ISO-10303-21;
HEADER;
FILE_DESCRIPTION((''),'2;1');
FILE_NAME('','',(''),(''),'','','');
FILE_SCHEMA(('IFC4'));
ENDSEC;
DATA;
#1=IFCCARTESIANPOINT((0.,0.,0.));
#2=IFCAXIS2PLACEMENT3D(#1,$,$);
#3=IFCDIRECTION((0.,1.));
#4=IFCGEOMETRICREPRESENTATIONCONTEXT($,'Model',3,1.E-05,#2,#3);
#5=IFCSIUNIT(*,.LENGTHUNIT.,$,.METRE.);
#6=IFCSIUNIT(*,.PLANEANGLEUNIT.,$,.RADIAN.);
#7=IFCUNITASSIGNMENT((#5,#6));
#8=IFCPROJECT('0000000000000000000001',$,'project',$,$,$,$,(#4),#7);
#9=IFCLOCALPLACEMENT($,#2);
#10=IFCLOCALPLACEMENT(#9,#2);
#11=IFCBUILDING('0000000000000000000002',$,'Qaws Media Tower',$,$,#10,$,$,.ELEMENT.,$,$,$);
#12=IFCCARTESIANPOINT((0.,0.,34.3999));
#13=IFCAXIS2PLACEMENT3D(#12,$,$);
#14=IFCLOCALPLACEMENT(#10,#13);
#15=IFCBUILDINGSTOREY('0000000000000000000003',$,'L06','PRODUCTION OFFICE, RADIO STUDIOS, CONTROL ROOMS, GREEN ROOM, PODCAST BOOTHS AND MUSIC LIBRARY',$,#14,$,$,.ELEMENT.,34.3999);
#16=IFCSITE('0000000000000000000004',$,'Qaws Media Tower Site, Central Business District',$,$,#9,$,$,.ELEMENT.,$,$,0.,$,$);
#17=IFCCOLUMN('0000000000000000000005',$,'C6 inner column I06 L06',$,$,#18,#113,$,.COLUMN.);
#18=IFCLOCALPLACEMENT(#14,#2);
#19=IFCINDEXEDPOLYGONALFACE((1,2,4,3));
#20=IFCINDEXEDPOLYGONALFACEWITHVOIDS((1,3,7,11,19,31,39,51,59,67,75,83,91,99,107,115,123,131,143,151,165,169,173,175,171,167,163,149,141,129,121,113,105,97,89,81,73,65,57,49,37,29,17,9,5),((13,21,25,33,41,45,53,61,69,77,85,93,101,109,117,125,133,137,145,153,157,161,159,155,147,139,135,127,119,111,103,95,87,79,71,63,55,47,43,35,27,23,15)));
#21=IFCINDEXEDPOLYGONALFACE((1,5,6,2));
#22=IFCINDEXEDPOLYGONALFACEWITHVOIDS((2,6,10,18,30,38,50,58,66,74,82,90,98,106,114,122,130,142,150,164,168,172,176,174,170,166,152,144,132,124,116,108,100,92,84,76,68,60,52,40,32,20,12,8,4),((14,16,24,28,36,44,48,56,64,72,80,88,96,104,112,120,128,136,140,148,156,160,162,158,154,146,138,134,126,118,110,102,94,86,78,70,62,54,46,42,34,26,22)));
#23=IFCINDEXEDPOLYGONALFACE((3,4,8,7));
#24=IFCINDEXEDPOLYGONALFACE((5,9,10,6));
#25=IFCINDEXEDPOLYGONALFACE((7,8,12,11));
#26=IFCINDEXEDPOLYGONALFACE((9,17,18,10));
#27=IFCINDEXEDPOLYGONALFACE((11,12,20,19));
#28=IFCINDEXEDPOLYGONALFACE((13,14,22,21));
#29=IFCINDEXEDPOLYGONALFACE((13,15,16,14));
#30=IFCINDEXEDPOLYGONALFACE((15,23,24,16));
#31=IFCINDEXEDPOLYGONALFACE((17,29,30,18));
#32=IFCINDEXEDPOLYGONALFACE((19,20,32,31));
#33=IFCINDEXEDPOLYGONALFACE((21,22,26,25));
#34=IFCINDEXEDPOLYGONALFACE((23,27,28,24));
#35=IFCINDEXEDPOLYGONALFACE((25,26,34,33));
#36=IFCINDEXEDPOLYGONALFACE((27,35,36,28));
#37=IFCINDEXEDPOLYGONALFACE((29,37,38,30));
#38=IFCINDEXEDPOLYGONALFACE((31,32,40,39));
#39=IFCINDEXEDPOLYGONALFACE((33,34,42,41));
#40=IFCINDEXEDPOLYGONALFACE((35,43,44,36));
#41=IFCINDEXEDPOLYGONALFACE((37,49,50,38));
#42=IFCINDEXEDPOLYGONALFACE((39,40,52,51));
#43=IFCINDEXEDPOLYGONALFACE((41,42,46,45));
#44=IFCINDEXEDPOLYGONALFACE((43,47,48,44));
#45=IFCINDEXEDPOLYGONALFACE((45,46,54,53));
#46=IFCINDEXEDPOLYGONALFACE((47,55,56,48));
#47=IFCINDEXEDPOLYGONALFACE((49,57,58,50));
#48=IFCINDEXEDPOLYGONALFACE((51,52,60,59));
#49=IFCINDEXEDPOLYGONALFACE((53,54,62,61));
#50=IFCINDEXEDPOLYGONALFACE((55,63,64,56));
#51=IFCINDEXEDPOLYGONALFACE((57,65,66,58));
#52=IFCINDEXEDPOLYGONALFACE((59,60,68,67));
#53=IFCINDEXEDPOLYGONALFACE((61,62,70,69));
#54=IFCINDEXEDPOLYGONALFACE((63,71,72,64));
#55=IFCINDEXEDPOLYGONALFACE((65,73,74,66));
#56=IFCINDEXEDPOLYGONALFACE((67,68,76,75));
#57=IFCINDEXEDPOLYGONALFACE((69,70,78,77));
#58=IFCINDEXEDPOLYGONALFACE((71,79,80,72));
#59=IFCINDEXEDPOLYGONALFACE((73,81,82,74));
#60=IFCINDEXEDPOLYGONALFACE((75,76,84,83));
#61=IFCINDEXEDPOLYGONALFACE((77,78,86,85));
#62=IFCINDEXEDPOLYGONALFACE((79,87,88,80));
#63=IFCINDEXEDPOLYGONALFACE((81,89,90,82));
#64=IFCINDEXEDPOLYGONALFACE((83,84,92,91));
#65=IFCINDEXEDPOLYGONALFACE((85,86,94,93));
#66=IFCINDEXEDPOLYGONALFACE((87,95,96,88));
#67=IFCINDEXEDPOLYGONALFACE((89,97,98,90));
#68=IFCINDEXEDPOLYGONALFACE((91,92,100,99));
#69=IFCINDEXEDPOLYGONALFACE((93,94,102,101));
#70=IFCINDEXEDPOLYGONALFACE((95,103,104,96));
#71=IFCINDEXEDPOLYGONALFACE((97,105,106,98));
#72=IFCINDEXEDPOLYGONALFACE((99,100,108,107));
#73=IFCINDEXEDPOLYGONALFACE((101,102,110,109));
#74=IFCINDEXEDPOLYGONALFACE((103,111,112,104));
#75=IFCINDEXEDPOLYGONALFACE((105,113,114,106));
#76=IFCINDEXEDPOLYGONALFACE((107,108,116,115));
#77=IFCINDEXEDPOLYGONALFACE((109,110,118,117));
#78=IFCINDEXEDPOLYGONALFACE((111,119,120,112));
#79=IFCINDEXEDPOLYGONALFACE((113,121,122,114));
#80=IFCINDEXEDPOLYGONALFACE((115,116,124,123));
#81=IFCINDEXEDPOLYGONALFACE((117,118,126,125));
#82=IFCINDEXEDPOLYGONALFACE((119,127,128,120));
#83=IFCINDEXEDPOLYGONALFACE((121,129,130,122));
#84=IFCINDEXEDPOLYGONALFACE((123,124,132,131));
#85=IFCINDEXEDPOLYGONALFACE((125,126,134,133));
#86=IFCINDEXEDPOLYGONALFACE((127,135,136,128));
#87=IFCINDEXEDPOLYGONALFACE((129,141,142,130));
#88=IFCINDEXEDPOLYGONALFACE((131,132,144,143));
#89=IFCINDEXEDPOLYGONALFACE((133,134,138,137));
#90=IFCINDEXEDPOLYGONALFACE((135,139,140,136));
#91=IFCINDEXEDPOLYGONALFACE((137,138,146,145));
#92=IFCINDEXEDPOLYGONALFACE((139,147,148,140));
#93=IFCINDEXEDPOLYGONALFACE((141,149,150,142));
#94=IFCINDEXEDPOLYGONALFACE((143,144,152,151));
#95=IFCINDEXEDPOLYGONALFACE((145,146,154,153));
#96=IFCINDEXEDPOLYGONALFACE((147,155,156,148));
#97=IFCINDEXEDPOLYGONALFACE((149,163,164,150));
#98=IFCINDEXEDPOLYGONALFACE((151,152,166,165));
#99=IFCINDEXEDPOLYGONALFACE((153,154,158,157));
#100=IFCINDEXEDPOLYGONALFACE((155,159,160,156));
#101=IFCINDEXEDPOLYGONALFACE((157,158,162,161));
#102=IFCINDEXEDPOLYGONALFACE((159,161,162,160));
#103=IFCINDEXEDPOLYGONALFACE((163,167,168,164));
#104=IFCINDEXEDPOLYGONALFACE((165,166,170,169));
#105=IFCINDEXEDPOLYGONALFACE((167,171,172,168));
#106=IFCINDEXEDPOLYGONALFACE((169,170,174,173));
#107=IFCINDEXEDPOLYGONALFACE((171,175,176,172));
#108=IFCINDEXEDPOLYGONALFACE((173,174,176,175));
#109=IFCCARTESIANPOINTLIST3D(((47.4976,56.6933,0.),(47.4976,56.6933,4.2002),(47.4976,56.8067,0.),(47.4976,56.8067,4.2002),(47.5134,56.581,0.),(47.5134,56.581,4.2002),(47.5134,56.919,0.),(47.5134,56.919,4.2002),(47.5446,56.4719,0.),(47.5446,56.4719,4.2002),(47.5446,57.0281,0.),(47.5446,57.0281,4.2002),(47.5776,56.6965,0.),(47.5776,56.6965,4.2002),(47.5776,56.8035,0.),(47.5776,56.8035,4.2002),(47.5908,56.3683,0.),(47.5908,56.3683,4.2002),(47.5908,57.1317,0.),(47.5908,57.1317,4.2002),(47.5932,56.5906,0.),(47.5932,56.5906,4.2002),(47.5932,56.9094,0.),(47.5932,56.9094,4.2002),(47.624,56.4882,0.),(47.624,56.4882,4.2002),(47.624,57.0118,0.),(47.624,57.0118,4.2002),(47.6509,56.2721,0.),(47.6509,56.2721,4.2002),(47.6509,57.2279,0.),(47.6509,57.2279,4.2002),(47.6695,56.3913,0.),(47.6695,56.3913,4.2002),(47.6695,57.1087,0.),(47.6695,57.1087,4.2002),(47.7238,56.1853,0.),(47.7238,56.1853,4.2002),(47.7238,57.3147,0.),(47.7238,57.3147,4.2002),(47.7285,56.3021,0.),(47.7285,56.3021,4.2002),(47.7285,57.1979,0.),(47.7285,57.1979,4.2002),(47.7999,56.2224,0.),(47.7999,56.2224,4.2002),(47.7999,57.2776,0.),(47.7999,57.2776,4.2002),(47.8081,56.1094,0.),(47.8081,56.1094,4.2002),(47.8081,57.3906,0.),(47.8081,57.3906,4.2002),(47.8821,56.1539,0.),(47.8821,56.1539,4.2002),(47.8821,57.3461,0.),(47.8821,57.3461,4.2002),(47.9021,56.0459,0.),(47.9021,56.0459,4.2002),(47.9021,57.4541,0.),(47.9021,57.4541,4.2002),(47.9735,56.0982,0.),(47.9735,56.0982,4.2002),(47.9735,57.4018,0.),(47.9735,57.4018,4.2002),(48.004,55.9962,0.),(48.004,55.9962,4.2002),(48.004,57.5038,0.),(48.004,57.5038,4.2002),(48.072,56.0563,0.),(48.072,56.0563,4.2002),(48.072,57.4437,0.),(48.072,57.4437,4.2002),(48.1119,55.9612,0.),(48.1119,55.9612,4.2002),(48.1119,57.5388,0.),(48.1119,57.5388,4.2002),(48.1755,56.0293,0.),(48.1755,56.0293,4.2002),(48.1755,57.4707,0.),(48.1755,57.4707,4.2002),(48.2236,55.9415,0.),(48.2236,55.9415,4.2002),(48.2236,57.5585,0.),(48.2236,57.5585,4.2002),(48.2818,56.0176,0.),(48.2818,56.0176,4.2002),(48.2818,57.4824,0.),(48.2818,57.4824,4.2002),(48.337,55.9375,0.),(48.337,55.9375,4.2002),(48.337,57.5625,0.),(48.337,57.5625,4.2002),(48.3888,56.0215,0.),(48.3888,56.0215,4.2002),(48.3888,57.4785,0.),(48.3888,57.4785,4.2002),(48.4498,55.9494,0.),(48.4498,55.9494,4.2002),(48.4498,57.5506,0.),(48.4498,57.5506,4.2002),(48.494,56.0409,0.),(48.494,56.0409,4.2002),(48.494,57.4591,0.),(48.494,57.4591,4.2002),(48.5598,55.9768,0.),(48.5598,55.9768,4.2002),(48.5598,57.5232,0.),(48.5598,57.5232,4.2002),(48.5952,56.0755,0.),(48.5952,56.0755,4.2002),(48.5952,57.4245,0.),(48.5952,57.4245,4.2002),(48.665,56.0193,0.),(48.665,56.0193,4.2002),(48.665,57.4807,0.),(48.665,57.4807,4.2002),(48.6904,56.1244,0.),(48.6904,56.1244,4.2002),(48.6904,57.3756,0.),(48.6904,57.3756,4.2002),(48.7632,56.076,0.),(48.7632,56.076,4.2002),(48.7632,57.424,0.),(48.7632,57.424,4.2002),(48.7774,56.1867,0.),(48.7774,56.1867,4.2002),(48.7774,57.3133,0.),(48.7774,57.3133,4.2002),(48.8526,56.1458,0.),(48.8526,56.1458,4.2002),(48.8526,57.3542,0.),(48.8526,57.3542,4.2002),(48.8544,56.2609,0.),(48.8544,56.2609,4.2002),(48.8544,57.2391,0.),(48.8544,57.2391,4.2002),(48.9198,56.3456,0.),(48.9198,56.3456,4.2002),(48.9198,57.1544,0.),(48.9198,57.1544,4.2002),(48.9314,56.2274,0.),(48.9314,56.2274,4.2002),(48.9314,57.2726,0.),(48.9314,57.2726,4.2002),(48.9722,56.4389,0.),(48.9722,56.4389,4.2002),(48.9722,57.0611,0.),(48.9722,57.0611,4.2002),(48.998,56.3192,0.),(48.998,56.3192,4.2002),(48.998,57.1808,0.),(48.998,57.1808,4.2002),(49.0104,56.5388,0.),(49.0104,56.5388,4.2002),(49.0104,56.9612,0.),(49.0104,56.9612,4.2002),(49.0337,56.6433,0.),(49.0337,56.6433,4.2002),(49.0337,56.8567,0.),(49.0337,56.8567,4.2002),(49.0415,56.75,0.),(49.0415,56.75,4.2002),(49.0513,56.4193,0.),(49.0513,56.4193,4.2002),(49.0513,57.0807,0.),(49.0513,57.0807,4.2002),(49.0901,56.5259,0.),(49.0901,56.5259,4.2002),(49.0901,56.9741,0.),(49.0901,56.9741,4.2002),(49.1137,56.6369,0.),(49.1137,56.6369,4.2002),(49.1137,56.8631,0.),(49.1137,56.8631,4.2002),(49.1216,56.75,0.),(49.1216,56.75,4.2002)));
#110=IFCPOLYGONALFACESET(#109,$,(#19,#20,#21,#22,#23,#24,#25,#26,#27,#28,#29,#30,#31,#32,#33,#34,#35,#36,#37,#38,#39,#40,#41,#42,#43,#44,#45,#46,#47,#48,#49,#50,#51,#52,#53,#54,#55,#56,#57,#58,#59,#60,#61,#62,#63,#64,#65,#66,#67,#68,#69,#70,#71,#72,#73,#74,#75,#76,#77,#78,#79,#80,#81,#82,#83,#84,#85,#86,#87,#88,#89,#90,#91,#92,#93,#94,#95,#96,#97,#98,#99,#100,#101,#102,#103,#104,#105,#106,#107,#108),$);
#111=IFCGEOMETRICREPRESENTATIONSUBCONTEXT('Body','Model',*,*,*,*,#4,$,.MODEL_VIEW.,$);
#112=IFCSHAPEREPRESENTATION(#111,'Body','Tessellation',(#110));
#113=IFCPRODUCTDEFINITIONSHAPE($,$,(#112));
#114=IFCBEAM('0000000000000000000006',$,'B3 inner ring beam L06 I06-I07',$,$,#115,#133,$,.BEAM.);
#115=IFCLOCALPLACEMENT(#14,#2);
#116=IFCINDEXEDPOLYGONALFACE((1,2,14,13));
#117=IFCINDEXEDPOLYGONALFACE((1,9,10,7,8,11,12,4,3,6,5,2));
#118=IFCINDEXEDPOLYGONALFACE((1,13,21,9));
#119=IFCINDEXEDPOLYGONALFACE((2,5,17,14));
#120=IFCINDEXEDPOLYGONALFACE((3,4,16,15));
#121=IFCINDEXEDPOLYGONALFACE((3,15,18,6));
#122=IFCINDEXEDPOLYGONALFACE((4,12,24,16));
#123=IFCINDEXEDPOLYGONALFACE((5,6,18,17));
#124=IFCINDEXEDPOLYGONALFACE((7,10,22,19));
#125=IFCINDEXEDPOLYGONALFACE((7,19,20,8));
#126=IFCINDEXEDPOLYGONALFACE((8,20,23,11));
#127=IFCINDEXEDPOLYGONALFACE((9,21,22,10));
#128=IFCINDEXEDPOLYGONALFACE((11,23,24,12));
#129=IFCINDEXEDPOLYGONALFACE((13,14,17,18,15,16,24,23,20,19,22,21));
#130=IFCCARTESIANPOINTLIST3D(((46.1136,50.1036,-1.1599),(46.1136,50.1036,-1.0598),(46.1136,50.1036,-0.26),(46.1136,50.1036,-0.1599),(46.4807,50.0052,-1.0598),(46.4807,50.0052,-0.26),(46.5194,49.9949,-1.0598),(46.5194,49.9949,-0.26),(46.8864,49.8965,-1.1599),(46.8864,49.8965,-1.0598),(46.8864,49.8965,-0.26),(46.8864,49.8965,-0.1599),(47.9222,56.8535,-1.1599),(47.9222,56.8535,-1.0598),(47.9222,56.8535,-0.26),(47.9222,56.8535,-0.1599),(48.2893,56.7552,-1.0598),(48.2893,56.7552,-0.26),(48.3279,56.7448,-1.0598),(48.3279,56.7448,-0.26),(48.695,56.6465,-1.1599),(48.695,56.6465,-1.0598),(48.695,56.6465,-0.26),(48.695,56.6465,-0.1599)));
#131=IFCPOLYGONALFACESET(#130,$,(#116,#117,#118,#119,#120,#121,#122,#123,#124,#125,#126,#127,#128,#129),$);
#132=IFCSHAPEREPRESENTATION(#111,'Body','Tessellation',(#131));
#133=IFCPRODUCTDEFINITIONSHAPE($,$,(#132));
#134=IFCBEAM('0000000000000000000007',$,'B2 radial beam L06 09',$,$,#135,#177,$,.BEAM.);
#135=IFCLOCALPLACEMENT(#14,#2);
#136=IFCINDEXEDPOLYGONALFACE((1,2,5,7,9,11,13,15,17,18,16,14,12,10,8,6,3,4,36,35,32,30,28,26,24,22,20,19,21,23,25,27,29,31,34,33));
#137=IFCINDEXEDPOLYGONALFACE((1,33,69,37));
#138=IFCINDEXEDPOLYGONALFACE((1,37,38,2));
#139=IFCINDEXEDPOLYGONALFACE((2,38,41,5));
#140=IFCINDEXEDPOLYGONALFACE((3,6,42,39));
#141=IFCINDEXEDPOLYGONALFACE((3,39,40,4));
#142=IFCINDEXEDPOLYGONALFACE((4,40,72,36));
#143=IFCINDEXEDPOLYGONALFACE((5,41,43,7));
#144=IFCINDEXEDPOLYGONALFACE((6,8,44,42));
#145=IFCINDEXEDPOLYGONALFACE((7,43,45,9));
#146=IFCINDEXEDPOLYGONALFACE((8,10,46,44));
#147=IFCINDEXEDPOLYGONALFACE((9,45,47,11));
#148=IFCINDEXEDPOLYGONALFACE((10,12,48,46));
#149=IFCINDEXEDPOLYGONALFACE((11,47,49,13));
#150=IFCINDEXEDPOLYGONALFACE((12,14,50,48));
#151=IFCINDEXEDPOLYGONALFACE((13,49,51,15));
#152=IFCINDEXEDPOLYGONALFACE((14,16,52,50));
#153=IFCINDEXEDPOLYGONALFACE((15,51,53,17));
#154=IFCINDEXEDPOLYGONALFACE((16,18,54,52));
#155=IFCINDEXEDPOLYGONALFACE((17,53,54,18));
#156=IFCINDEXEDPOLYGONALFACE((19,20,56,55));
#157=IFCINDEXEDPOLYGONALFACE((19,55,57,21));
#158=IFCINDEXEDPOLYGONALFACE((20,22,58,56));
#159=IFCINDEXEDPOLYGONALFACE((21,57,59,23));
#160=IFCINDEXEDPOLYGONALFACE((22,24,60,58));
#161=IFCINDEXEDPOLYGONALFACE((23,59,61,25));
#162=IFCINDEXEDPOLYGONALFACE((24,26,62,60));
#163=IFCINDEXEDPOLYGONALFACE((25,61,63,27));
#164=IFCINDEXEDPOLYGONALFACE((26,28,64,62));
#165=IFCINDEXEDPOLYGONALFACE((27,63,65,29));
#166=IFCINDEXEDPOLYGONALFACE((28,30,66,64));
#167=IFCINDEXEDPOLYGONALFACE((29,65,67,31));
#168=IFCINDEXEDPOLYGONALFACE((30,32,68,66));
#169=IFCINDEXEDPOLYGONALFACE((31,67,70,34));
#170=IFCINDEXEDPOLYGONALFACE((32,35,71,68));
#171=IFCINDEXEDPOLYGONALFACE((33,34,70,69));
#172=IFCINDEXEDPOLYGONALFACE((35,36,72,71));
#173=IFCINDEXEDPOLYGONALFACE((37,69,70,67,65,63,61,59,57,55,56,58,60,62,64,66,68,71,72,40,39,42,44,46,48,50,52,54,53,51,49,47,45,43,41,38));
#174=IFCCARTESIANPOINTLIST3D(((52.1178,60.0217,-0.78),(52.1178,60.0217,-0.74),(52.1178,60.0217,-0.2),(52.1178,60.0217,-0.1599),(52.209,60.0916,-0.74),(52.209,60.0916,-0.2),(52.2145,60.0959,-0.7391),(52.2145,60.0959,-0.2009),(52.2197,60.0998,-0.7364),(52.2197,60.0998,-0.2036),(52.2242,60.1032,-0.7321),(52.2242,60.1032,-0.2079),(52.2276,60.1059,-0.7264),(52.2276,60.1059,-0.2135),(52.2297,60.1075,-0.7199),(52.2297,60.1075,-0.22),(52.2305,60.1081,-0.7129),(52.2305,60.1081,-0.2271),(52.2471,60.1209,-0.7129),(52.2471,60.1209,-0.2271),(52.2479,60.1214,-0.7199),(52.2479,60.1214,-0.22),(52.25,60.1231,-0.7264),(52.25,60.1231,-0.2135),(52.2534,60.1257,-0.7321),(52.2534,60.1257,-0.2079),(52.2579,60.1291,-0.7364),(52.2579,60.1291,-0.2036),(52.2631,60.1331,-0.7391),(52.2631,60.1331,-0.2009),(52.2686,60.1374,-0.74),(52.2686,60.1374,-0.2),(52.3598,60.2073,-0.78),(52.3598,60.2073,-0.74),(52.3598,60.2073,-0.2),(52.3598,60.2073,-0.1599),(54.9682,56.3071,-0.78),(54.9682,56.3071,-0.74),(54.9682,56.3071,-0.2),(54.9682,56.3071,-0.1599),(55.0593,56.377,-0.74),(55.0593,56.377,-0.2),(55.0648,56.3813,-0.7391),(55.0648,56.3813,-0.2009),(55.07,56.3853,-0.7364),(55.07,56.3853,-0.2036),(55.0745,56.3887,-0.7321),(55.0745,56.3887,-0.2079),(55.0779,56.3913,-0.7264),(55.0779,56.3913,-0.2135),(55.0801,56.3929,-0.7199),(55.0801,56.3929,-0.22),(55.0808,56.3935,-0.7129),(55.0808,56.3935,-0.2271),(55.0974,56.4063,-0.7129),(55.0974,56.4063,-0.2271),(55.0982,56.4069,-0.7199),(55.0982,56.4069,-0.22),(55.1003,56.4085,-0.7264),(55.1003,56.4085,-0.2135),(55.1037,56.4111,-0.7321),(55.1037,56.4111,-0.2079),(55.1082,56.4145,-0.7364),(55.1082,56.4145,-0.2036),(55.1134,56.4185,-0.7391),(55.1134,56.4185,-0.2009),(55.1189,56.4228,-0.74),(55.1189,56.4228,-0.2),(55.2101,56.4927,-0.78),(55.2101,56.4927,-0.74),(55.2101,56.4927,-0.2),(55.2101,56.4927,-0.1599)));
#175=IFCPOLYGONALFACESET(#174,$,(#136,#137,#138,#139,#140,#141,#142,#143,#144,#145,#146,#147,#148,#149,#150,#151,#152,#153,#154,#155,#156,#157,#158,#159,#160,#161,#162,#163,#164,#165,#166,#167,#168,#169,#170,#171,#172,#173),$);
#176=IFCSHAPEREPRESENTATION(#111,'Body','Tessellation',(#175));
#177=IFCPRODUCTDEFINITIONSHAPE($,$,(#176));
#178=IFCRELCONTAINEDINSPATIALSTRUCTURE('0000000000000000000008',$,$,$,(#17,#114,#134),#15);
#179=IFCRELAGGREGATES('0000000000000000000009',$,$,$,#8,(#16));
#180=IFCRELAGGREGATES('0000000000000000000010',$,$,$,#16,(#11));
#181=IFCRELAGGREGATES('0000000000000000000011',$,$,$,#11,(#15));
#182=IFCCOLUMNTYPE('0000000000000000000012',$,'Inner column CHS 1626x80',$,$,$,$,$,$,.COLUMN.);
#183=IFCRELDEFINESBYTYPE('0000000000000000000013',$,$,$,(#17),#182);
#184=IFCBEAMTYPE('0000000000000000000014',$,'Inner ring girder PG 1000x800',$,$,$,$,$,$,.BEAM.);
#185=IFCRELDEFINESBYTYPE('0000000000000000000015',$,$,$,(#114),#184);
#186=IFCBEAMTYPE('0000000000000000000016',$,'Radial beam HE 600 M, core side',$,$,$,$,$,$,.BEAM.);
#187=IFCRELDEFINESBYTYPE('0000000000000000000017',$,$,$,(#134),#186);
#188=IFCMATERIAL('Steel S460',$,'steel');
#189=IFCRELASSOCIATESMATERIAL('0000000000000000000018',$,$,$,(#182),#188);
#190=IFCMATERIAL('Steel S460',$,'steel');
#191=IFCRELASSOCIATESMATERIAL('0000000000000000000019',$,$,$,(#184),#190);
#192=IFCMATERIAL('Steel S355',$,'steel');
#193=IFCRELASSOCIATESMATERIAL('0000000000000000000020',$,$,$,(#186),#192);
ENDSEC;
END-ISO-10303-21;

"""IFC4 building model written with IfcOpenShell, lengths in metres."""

from ifc_helpers import new_model, si_unit, direction, frame, origin, origin_2d, place, context, subcontext, project, spatial, hollow_circle, i_section, extrude, material, material_profile, profile_set, type_object, element, save


model = new_model("IFC4")

# Units and contexts
model_context = context("Model", 3, precision=1e-05, world=origin(), true_north=direction((0.0, 1.0)))
body_context = subcontext(model_context, "Body", "Model", "MODEL_VIEW")
ifc_project = project(units=[si_unit("LENGTHUNIT", "METRE"), si_unit("PLANEANGLEUNIT", "RADIAN")], contexts=[model_context])

# Site, building, storey
site_placement = place(None, origin())
site = spatial("IfcSite", under=ifc_project, at=site_placement, Name="Qaws Media Tower Site, Central Business District", CompositionType="ELEMENT", RefElevation=0.0)
building_placement = place(site_placement, origin())
building = spatial("IfcBuilding", under=site, at=building_placement, Name="Qaws Media Tower", CompositionType="ELEMENT")
storey_placement = place(building_placement, frame((0.0, 0.0, 34.3999)))
storey = spatial("IfcBuildingStorey", under=building, at=storey_placement, Name="L06", Description="PRODUCTION OFFICE, RADIO STUDIOS, CONTROL ROOMS, GREEN ROOM, PODCAST BOOTHS AND MUSIC LIBRARY", CompositionType="ELEMENT", Elevation=34.3999)

# Column
ifc_material_1 = material(Name="Steel S460", Category="steel")
ifc_material_profile_1 = material_profile(ifc_material_1, hollow_circle(Radius=0.813, WallThickness=0.0801, at=origin_2d()), Name="CHS 1626x80")
ifc_profile_set_1 = profile_set([ifc_material_profile_1], Name="Steel S460")
column_type = type_object("IfcColumnType", Name="Inner column CHS 1626x80", PredefinedType="COLUMN", material=ifc_profile_set_1)
column_placement = place(storey_placement, frame((48.3086, 56.75, 0.0), z_axis=(0.0, 0.0, 1.0), x_axis=(1.0, 0.0, 0.0)))
element("IfcColumn", 1, at=column_placement, inside=storey, type_object=column_type, Name="C6 inner column I06 L06", PredefinedType="COLUMN", context=body_context, shape_type="SweptSolid", body=[
    extrude(hollow_circle(Radius=0.813, WallThickness=0.0801, at=origin_2d()), origin(), (0.0, 0.0, 1.0), 4.2002),
])

# Beams
ifc_material_2 = material(Name="Steel S460", Category="steel")
ifc_material_profile_2 = material_profile(ifc_material_2, i_section(OverallWidth=0.8, OverallDepth=1.0, WebThickness=0.04, FlangeThickness=0.1001, at=origin_2d()), Name="PG 1000x800")
ifc_profile_set_2 = profile_set([ifc_material_profile_2], Name="Steel S460")
beam_type_1 = type_object("IfcBeamType", Name="Inner ring girder PG 1000x800", PredefinedType="BEAM", material=ifc_profile_set_2)
beam_1_placement = place(storey_placement, frame((48.3086, 56.75, -0.6599), z_axis=(-0.258811, -0.965928, 0.0), x_axis=(0.965928, -0.258811, 0.0)))
element("IfcBeam", 2, at=beam_1_placement, inside=storey, type_object=beam_type_1, Name="B3 inner ring beam L06 I06-I07", PredefinedType="BEAM", context=body_context, shape_type="SweptSolid", body=[
    extrude(i_section(OverallWidth=0.8, OverallDepth=1.0, WebThickness=0.04, FlangeThickness=0.1001, at=origin_2d()), origin(), (0.0, 0.0, 1.0), 6.988),
])
ifc_material_3 = material(Name="Steel S355", Category="steel")
ifc_material_profile_3 = material_profile(ifc_material_3, i_section(OverallWidth=0.3049, OverallDepth=0.6201, WebThickness=0.021, FlangeThickness=0.04, FilletRadius=0.0271, at=origin_2d()), Name="HE 600 M")
ifc_profile_set_3 = profile_set([ifc_material_profile_3], Name="Steel S355")
beam_type_2 = type_object("IfcBeamType", Name="Radial beam HE 600 M, core side", PredefinedType="BEAM", material=ifc_profile_set_3)
beam_2_placement = place(storey_placement, frame((55.0891, 56.3999, -0.47), z_axis=(-0.608765, 0.79335, 0.0), x_axis=(-0.79335, -0.608765, 0.0)))
element("IfcBeam", 3, at=beam_2_placement, inside=storey, type_object=beam_type_2, Name="B2 radial beam L06 09", PredefinedType="BEAM", context=body_context, shape_type="SweptSolid", body=[
    extrude(i_section(OverallWidth=0.3049, OverallDepth=0.6201, WebThickness=0.021, FlangeThickness=0.04, FilletRadius=0.0271, at=origin_2d()), origin(), (0.0, 0.0, 1.0), 4.6821),
])

save(model, "model.ifc")
